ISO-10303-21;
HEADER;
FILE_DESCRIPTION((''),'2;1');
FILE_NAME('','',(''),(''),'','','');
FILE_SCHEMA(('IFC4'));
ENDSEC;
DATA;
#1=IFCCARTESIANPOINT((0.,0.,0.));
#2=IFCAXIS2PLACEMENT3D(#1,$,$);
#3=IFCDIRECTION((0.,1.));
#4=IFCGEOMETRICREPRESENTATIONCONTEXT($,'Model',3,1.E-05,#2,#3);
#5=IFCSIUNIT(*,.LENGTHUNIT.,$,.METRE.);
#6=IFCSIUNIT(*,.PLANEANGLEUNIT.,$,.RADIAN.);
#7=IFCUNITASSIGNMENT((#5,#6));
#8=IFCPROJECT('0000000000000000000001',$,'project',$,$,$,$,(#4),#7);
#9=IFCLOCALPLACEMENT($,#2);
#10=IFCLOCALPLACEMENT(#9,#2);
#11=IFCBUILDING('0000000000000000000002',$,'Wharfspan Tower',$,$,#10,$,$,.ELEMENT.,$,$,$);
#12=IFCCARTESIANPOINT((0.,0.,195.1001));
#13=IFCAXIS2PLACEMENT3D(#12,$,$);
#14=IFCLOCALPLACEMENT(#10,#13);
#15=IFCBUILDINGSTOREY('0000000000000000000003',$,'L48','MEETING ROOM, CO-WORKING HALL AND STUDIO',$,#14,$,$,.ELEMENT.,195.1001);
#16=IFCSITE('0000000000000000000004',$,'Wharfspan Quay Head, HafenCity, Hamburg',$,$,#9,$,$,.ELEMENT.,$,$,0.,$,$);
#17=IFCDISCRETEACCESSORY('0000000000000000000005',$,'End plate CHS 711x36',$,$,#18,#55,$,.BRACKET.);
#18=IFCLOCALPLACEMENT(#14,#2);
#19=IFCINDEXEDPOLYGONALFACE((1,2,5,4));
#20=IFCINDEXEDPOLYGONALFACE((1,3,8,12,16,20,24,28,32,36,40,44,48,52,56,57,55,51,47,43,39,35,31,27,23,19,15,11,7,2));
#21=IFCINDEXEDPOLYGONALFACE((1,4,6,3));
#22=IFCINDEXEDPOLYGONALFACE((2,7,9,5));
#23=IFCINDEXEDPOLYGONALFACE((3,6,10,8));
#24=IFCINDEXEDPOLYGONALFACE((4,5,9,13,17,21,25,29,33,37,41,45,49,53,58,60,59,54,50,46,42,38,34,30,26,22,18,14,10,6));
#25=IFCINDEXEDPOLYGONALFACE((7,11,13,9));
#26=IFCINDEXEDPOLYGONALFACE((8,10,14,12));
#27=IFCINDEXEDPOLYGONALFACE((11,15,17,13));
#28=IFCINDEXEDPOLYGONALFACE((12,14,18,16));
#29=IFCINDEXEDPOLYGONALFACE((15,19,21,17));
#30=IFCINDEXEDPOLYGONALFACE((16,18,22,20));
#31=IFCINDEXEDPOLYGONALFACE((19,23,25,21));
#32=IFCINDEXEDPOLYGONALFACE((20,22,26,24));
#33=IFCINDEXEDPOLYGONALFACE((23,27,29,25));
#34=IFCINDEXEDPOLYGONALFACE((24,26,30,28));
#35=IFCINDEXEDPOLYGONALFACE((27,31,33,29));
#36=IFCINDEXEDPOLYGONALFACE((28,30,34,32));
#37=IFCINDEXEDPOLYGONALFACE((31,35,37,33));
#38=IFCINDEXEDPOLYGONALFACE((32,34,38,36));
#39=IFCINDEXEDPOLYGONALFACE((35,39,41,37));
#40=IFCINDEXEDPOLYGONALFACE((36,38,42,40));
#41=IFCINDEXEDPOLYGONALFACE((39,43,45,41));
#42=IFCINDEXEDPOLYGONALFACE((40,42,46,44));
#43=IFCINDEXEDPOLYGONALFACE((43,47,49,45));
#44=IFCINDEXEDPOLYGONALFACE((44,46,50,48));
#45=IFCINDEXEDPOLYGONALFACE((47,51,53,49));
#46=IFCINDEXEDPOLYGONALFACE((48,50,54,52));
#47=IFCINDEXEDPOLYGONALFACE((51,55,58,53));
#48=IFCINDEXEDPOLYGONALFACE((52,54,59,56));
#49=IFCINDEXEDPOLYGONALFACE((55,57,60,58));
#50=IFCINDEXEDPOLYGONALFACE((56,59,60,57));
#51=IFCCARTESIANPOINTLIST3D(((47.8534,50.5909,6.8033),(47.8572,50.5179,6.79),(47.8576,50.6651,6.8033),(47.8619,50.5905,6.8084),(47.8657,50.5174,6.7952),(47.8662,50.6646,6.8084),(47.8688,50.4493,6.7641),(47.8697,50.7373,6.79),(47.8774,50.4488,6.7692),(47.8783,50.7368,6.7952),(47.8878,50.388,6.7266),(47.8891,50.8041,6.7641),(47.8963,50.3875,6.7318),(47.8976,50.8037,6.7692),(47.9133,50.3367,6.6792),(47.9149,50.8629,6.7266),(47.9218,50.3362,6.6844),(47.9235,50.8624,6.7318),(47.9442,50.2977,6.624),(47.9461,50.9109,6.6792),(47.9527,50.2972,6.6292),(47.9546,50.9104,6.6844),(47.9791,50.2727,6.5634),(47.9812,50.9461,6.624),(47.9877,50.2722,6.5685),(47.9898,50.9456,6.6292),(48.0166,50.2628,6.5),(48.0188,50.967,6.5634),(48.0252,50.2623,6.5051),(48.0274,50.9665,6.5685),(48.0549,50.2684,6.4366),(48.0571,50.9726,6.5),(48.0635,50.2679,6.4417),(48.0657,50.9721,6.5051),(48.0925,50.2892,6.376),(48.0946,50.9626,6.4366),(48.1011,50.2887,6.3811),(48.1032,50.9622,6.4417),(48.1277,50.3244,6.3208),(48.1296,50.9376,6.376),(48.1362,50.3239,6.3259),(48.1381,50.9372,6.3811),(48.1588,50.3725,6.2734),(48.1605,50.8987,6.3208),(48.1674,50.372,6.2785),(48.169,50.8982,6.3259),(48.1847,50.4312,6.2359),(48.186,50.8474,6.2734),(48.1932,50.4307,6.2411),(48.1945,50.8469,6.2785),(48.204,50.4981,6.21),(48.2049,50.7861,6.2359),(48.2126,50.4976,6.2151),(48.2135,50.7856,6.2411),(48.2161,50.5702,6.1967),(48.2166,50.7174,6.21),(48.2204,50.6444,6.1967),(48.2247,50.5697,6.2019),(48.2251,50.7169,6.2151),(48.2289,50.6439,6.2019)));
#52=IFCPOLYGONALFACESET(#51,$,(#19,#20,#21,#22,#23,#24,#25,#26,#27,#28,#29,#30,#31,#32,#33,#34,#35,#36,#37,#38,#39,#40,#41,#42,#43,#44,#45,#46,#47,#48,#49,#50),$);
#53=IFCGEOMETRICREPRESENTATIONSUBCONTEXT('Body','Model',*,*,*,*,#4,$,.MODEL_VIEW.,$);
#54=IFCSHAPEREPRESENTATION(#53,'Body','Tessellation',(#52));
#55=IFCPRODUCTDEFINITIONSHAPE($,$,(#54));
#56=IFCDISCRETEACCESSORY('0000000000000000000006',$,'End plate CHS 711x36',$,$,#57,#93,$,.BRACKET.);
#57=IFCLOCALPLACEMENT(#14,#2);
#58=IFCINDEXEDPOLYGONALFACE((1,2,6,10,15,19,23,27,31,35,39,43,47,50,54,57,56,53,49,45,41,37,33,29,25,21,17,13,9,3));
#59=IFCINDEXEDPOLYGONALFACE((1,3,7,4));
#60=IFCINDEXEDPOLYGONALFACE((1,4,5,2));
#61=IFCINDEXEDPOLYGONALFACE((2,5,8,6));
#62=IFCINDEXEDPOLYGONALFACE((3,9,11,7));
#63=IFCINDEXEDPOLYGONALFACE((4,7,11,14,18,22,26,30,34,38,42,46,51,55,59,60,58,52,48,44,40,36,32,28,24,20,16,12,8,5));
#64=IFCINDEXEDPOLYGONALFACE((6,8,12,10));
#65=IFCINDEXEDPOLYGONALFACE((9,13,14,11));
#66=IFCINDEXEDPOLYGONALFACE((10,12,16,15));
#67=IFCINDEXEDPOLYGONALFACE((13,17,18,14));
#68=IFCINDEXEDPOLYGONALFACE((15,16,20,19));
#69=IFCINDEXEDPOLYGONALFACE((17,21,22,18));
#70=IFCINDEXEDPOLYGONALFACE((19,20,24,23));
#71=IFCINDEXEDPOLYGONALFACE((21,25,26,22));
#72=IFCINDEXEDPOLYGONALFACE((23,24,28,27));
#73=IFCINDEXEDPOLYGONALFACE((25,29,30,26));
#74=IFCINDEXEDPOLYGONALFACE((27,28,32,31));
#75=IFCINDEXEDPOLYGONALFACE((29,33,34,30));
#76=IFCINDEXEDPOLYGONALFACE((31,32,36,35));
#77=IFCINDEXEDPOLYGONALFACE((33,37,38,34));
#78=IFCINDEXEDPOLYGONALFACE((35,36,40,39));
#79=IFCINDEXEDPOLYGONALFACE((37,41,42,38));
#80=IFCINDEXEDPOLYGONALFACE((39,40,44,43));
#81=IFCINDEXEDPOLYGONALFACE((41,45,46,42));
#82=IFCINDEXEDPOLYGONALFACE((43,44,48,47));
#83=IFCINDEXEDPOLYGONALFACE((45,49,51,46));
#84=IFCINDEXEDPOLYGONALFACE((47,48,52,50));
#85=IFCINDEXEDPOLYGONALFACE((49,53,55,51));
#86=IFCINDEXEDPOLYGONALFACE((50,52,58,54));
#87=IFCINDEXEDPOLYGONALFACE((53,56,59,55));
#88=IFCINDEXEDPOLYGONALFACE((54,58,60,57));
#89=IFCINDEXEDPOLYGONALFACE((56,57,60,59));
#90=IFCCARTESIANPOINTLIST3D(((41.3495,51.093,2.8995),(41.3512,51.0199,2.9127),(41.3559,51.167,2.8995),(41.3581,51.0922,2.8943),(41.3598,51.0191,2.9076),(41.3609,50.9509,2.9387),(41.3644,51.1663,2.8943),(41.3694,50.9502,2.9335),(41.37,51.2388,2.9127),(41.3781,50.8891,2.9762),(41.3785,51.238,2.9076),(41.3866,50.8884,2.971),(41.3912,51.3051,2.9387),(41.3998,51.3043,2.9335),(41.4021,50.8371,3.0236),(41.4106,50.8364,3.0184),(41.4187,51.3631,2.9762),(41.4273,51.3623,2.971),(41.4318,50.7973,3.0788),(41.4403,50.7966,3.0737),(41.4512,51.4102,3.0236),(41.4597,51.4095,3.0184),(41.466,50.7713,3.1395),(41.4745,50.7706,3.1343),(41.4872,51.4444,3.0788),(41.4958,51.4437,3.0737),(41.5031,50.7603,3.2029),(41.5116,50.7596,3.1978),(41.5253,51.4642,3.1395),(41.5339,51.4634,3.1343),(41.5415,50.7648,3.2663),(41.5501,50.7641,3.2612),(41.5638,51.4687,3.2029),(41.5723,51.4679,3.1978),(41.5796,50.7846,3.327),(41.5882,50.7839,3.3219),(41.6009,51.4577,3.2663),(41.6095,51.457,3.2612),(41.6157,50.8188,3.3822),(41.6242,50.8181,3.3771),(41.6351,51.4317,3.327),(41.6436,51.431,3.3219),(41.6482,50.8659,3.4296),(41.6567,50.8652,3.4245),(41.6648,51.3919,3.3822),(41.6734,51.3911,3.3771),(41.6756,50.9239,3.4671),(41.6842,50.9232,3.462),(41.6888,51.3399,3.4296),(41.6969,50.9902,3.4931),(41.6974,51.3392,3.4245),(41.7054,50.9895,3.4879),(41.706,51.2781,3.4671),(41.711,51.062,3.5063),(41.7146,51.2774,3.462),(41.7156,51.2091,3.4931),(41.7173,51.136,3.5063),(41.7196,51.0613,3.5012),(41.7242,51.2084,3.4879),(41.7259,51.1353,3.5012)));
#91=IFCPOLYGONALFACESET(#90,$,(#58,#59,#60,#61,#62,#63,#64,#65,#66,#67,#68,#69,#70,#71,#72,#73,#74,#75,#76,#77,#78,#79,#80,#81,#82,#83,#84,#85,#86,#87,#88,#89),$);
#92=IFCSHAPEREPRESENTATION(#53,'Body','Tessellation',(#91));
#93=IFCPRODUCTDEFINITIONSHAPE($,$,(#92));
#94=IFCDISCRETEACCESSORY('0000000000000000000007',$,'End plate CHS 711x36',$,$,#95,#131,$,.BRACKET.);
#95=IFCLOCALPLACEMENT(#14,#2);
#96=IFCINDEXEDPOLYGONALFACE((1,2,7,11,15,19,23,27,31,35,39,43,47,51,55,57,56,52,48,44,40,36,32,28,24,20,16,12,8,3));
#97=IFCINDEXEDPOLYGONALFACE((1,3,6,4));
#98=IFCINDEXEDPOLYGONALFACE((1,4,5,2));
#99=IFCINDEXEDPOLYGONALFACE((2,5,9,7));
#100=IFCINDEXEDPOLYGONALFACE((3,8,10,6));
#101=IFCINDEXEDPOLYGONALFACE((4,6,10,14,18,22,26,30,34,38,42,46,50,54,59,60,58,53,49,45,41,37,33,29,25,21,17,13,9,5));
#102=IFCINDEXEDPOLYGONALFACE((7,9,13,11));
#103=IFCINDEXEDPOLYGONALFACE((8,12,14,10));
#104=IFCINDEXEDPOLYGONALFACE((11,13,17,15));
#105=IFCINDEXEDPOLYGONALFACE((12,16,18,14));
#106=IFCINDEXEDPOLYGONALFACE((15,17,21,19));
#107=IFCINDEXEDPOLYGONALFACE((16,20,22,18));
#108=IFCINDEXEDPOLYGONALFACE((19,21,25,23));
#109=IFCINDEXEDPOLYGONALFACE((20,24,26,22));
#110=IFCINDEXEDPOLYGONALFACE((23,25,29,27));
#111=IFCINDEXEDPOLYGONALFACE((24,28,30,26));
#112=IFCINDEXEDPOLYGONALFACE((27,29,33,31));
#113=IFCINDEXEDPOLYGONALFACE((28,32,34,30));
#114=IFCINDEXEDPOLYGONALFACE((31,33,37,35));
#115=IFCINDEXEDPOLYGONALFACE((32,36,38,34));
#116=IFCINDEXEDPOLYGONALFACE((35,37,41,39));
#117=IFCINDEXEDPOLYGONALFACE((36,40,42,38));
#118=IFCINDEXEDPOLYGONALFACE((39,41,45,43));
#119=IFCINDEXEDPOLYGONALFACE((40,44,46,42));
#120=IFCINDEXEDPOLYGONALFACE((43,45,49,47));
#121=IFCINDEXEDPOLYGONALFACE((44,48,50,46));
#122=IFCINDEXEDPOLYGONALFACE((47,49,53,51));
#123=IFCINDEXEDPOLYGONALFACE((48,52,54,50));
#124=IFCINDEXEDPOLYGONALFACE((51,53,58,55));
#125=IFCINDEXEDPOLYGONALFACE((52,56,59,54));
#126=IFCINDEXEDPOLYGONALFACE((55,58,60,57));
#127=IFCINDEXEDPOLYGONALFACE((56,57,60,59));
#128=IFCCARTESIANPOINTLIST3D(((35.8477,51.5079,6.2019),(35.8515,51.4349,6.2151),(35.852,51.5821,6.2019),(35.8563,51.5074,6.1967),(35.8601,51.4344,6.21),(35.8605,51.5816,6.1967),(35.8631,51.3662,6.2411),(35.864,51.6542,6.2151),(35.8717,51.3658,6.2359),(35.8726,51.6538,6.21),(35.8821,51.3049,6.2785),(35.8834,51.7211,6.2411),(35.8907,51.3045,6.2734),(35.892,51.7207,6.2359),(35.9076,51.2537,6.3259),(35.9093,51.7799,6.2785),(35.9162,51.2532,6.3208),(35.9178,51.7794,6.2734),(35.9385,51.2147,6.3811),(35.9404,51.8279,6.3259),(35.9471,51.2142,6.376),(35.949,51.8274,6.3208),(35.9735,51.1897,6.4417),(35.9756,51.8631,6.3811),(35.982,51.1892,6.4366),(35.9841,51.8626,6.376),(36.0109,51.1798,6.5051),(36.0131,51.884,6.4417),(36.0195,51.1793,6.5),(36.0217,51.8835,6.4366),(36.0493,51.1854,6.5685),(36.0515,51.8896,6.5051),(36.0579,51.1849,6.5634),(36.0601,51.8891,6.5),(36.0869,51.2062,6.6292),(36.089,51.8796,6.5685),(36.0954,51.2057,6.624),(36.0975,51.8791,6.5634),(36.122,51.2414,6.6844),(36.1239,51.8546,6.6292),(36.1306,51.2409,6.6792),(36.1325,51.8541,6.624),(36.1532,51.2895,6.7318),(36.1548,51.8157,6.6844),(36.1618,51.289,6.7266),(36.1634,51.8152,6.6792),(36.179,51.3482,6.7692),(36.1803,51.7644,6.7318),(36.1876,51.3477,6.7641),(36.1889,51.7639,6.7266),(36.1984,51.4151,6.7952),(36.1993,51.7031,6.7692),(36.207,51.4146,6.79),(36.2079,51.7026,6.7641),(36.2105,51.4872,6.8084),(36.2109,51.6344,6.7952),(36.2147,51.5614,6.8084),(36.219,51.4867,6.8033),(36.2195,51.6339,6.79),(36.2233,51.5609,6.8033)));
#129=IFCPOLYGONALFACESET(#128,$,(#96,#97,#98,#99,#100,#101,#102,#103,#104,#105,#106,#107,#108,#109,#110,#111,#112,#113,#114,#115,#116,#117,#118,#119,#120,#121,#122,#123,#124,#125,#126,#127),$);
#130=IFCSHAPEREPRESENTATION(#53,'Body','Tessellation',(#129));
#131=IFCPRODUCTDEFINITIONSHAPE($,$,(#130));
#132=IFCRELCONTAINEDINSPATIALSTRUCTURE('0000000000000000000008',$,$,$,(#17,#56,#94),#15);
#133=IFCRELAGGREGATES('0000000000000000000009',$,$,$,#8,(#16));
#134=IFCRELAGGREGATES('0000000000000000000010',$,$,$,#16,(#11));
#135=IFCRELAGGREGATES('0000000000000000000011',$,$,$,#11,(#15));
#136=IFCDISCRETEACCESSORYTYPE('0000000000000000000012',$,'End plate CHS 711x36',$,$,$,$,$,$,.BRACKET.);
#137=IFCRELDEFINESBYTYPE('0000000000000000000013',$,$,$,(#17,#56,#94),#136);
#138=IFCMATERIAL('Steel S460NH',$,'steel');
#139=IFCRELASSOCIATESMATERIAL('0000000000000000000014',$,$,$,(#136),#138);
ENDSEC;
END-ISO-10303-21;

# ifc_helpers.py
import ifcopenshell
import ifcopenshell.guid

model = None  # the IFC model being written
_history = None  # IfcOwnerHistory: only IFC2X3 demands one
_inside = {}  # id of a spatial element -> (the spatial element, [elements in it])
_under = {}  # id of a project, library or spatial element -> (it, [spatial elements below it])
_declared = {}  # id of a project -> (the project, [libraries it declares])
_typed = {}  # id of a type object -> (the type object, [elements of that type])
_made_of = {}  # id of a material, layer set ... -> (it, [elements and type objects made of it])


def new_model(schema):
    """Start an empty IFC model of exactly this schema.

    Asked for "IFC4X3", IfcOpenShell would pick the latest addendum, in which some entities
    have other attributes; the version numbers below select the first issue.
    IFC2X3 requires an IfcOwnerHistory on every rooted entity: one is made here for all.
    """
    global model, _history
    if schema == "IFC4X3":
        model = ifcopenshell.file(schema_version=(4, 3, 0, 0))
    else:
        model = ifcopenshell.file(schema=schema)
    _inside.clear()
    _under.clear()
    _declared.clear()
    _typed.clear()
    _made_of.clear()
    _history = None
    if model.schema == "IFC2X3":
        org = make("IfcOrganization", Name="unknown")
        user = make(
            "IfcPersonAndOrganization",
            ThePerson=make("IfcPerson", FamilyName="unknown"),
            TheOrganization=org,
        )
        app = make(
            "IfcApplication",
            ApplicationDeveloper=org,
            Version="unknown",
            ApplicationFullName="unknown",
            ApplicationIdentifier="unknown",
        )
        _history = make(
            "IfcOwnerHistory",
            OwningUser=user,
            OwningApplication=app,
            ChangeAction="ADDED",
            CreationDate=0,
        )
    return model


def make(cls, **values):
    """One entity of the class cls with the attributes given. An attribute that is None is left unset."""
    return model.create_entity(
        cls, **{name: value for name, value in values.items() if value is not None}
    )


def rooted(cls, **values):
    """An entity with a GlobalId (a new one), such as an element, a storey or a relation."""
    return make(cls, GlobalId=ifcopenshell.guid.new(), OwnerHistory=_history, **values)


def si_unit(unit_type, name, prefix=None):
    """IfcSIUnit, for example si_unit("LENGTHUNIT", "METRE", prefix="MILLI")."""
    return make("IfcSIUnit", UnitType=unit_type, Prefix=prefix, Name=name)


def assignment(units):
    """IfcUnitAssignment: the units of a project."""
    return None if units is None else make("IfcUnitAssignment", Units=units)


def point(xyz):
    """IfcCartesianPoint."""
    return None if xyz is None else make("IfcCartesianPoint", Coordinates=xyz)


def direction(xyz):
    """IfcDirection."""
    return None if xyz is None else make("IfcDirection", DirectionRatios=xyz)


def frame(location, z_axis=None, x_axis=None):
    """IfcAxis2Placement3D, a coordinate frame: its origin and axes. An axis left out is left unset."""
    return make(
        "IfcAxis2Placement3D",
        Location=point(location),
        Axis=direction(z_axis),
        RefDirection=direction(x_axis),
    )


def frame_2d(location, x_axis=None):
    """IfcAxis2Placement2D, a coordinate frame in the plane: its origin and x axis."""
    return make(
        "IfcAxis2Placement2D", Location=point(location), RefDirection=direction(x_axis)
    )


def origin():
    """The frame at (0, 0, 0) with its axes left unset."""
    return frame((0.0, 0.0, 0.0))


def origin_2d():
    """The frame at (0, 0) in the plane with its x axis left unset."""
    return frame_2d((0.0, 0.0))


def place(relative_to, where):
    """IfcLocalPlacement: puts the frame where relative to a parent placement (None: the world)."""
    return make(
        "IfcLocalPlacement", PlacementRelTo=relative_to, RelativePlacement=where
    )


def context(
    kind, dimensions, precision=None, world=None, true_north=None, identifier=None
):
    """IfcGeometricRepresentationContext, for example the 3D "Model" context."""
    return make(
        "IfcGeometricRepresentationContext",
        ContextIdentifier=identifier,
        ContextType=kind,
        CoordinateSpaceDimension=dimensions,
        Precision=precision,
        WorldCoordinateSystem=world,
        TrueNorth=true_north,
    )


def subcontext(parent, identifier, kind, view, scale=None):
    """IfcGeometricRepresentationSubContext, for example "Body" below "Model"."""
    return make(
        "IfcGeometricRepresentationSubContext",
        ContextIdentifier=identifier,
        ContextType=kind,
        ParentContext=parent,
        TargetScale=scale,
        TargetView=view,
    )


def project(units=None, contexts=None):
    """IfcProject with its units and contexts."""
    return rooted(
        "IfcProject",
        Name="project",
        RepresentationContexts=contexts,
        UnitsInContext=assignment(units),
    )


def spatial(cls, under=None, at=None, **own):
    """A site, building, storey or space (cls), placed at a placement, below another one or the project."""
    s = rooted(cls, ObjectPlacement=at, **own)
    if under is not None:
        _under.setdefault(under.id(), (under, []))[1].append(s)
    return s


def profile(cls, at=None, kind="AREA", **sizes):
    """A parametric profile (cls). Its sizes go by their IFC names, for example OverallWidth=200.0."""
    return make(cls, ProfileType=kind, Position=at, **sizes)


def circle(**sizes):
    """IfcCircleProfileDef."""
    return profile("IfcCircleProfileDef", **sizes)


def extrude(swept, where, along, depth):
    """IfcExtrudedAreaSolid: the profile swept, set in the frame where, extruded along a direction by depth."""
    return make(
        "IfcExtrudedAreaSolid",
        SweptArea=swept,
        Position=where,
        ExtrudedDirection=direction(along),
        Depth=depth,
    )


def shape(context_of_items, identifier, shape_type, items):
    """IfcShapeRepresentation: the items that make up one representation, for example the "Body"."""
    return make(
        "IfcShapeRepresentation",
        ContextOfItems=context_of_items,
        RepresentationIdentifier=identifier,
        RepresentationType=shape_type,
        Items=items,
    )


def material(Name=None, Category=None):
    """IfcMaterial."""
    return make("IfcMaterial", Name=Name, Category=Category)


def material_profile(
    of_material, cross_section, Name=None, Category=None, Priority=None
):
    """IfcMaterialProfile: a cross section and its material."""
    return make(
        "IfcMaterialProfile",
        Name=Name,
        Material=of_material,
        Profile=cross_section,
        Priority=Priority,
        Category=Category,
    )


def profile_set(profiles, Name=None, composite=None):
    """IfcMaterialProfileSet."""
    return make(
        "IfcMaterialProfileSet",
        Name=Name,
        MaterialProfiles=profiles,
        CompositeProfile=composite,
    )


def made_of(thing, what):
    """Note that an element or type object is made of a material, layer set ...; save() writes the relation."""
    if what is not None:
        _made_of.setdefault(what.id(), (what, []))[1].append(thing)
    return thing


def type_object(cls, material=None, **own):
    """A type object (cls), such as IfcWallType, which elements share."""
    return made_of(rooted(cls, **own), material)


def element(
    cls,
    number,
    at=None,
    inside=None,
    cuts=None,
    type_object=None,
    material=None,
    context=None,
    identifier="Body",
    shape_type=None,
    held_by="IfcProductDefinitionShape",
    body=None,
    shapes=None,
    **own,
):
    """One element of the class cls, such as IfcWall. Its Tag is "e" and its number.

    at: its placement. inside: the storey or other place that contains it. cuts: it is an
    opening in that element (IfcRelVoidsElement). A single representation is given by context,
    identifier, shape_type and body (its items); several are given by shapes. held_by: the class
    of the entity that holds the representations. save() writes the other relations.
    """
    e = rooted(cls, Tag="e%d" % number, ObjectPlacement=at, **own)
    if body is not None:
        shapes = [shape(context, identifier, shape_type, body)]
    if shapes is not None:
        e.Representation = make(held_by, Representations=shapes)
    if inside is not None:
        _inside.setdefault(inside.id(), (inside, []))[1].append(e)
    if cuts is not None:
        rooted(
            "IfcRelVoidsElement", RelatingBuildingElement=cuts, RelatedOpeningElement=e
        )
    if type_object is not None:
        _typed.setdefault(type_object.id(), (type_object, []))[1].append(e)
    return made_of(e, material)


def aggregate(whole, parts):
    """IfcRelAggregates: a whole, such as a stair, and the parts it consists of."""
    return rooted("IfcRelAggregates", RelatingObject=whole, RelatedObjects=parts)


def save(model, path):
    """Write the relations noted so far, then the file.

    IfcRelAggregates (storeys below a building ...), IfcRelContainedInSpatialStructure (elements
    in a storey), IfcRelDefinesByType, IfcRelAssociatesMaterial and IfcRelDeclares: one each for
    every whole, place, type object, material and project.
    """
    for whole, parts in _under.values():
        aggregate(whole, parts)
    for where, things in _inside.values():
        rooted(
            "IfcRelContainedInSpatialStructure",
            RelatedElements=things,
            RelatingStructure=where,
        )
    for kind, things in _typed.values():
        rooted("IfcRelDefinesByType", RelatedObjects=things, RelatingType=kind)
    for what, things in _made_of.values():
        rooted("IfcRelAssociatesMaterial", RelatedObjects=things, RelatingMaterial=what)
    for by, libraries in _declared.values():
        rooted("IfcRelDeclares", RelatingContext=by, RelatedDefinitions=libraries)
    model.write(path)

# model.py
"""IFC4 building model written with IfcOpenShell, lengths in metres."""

from ifc_helpers import new_model, si_unit, direction, frame, origin, origin_2d, place, context, subcontext, project, spatial, circle, extrude, material, material_profile, profile_set, type_object, element, save


model = new_model("IFC4")

# Units and contexts
model_context = context("Model", 3, precision=1e-05, world=origin(), true_north=direction((0.0, 1.0)))
body_context = subcontext(model_context, "Body", "Model", "MODEL_VIEW")
ifc_project = project(units=[si_unit("LENGTHUNIT", "METRE"), si_unit("PLANEANGLEUNIT", "RADIAN")], contexts=[model_context])

# Site, building, storey
site_placement = place(None, origin())
site = spatial("IfcSite", under=ifc_project, at=site_placement, Name="Wharfspan Quay Head, HafenCity, Hamburg", CompositionType="ELEMENT", RefElevation=0.0)
building_placement = place(site_placement, origin())
building = spatial("IfcBuilding", under=site, at=building_placement, Name="Wharfspan Tower", CompositionType="ELEMENT")
storey_placement = place(building_placement, frame((0.0, 0.0, 195.1001)))
storey = spatial("IfcBuildingStorey", under=building, at=storey_placement, Name="L48", Description="MEETING ROOM, CO-WORKING HALL AND STUDIO", CompositionType="ELEMENT", Elevation=195.1001)

# Shared definitions
ifc_material_1 = material(Name="Steel S460NH", Category="steel")

# Discrete accessories
ifc_material_profile_1 = material_profile(ifc_material_1, circle(Radius=0.3555, at=origin_2d()))
ifc_profile_set_1 = profile_set([ifc_material_profile_1], Name="Steel S460NH")
discrete_accessory_type = type_object("IfcDiscreteAccessoryType", Name="End plate CHS 711x36", PredefinedType="BRACKET", material=ifc_profile_set_1)
for number, where, z_axis, x_axis, name in (
    (1, (48.0369, 50.6177, 6.5), (0.856465, -0.048941, 0.513879), (0.05705, 0.998372, 0.0), "End plate CHS 711x36"),
    (2, (41.542, 51.1138, 3.1978), (-0.855186, 0.073302, 0.513112), (-0.085402, -0.996345, -0.000001), "End plate CHS 711x36"),
    (3, (36.0398, 51.5342, 6.5), (-0.856465, 0.048941, 0.513879), (-0.05705, -0.998372, 0.0), "End plate CHS 711x36"),
):
    element("IfcDiscreteAccessory", number, at=place(storey_placement, frame(where, z_axis=z_axis, x_axis=x_axis)), inside=storey, type_object=discrete_accessory_type, Name=name, PredefinedType="BRACKET", context=body_context, shape_type="SweptSolid", body=[
        extrude(circle(Radius=0.3555, at=origin_2d()), origin(), (0.0, 0.0, 1.0), 0.01),
    ])

save(model, "model.ifc")
